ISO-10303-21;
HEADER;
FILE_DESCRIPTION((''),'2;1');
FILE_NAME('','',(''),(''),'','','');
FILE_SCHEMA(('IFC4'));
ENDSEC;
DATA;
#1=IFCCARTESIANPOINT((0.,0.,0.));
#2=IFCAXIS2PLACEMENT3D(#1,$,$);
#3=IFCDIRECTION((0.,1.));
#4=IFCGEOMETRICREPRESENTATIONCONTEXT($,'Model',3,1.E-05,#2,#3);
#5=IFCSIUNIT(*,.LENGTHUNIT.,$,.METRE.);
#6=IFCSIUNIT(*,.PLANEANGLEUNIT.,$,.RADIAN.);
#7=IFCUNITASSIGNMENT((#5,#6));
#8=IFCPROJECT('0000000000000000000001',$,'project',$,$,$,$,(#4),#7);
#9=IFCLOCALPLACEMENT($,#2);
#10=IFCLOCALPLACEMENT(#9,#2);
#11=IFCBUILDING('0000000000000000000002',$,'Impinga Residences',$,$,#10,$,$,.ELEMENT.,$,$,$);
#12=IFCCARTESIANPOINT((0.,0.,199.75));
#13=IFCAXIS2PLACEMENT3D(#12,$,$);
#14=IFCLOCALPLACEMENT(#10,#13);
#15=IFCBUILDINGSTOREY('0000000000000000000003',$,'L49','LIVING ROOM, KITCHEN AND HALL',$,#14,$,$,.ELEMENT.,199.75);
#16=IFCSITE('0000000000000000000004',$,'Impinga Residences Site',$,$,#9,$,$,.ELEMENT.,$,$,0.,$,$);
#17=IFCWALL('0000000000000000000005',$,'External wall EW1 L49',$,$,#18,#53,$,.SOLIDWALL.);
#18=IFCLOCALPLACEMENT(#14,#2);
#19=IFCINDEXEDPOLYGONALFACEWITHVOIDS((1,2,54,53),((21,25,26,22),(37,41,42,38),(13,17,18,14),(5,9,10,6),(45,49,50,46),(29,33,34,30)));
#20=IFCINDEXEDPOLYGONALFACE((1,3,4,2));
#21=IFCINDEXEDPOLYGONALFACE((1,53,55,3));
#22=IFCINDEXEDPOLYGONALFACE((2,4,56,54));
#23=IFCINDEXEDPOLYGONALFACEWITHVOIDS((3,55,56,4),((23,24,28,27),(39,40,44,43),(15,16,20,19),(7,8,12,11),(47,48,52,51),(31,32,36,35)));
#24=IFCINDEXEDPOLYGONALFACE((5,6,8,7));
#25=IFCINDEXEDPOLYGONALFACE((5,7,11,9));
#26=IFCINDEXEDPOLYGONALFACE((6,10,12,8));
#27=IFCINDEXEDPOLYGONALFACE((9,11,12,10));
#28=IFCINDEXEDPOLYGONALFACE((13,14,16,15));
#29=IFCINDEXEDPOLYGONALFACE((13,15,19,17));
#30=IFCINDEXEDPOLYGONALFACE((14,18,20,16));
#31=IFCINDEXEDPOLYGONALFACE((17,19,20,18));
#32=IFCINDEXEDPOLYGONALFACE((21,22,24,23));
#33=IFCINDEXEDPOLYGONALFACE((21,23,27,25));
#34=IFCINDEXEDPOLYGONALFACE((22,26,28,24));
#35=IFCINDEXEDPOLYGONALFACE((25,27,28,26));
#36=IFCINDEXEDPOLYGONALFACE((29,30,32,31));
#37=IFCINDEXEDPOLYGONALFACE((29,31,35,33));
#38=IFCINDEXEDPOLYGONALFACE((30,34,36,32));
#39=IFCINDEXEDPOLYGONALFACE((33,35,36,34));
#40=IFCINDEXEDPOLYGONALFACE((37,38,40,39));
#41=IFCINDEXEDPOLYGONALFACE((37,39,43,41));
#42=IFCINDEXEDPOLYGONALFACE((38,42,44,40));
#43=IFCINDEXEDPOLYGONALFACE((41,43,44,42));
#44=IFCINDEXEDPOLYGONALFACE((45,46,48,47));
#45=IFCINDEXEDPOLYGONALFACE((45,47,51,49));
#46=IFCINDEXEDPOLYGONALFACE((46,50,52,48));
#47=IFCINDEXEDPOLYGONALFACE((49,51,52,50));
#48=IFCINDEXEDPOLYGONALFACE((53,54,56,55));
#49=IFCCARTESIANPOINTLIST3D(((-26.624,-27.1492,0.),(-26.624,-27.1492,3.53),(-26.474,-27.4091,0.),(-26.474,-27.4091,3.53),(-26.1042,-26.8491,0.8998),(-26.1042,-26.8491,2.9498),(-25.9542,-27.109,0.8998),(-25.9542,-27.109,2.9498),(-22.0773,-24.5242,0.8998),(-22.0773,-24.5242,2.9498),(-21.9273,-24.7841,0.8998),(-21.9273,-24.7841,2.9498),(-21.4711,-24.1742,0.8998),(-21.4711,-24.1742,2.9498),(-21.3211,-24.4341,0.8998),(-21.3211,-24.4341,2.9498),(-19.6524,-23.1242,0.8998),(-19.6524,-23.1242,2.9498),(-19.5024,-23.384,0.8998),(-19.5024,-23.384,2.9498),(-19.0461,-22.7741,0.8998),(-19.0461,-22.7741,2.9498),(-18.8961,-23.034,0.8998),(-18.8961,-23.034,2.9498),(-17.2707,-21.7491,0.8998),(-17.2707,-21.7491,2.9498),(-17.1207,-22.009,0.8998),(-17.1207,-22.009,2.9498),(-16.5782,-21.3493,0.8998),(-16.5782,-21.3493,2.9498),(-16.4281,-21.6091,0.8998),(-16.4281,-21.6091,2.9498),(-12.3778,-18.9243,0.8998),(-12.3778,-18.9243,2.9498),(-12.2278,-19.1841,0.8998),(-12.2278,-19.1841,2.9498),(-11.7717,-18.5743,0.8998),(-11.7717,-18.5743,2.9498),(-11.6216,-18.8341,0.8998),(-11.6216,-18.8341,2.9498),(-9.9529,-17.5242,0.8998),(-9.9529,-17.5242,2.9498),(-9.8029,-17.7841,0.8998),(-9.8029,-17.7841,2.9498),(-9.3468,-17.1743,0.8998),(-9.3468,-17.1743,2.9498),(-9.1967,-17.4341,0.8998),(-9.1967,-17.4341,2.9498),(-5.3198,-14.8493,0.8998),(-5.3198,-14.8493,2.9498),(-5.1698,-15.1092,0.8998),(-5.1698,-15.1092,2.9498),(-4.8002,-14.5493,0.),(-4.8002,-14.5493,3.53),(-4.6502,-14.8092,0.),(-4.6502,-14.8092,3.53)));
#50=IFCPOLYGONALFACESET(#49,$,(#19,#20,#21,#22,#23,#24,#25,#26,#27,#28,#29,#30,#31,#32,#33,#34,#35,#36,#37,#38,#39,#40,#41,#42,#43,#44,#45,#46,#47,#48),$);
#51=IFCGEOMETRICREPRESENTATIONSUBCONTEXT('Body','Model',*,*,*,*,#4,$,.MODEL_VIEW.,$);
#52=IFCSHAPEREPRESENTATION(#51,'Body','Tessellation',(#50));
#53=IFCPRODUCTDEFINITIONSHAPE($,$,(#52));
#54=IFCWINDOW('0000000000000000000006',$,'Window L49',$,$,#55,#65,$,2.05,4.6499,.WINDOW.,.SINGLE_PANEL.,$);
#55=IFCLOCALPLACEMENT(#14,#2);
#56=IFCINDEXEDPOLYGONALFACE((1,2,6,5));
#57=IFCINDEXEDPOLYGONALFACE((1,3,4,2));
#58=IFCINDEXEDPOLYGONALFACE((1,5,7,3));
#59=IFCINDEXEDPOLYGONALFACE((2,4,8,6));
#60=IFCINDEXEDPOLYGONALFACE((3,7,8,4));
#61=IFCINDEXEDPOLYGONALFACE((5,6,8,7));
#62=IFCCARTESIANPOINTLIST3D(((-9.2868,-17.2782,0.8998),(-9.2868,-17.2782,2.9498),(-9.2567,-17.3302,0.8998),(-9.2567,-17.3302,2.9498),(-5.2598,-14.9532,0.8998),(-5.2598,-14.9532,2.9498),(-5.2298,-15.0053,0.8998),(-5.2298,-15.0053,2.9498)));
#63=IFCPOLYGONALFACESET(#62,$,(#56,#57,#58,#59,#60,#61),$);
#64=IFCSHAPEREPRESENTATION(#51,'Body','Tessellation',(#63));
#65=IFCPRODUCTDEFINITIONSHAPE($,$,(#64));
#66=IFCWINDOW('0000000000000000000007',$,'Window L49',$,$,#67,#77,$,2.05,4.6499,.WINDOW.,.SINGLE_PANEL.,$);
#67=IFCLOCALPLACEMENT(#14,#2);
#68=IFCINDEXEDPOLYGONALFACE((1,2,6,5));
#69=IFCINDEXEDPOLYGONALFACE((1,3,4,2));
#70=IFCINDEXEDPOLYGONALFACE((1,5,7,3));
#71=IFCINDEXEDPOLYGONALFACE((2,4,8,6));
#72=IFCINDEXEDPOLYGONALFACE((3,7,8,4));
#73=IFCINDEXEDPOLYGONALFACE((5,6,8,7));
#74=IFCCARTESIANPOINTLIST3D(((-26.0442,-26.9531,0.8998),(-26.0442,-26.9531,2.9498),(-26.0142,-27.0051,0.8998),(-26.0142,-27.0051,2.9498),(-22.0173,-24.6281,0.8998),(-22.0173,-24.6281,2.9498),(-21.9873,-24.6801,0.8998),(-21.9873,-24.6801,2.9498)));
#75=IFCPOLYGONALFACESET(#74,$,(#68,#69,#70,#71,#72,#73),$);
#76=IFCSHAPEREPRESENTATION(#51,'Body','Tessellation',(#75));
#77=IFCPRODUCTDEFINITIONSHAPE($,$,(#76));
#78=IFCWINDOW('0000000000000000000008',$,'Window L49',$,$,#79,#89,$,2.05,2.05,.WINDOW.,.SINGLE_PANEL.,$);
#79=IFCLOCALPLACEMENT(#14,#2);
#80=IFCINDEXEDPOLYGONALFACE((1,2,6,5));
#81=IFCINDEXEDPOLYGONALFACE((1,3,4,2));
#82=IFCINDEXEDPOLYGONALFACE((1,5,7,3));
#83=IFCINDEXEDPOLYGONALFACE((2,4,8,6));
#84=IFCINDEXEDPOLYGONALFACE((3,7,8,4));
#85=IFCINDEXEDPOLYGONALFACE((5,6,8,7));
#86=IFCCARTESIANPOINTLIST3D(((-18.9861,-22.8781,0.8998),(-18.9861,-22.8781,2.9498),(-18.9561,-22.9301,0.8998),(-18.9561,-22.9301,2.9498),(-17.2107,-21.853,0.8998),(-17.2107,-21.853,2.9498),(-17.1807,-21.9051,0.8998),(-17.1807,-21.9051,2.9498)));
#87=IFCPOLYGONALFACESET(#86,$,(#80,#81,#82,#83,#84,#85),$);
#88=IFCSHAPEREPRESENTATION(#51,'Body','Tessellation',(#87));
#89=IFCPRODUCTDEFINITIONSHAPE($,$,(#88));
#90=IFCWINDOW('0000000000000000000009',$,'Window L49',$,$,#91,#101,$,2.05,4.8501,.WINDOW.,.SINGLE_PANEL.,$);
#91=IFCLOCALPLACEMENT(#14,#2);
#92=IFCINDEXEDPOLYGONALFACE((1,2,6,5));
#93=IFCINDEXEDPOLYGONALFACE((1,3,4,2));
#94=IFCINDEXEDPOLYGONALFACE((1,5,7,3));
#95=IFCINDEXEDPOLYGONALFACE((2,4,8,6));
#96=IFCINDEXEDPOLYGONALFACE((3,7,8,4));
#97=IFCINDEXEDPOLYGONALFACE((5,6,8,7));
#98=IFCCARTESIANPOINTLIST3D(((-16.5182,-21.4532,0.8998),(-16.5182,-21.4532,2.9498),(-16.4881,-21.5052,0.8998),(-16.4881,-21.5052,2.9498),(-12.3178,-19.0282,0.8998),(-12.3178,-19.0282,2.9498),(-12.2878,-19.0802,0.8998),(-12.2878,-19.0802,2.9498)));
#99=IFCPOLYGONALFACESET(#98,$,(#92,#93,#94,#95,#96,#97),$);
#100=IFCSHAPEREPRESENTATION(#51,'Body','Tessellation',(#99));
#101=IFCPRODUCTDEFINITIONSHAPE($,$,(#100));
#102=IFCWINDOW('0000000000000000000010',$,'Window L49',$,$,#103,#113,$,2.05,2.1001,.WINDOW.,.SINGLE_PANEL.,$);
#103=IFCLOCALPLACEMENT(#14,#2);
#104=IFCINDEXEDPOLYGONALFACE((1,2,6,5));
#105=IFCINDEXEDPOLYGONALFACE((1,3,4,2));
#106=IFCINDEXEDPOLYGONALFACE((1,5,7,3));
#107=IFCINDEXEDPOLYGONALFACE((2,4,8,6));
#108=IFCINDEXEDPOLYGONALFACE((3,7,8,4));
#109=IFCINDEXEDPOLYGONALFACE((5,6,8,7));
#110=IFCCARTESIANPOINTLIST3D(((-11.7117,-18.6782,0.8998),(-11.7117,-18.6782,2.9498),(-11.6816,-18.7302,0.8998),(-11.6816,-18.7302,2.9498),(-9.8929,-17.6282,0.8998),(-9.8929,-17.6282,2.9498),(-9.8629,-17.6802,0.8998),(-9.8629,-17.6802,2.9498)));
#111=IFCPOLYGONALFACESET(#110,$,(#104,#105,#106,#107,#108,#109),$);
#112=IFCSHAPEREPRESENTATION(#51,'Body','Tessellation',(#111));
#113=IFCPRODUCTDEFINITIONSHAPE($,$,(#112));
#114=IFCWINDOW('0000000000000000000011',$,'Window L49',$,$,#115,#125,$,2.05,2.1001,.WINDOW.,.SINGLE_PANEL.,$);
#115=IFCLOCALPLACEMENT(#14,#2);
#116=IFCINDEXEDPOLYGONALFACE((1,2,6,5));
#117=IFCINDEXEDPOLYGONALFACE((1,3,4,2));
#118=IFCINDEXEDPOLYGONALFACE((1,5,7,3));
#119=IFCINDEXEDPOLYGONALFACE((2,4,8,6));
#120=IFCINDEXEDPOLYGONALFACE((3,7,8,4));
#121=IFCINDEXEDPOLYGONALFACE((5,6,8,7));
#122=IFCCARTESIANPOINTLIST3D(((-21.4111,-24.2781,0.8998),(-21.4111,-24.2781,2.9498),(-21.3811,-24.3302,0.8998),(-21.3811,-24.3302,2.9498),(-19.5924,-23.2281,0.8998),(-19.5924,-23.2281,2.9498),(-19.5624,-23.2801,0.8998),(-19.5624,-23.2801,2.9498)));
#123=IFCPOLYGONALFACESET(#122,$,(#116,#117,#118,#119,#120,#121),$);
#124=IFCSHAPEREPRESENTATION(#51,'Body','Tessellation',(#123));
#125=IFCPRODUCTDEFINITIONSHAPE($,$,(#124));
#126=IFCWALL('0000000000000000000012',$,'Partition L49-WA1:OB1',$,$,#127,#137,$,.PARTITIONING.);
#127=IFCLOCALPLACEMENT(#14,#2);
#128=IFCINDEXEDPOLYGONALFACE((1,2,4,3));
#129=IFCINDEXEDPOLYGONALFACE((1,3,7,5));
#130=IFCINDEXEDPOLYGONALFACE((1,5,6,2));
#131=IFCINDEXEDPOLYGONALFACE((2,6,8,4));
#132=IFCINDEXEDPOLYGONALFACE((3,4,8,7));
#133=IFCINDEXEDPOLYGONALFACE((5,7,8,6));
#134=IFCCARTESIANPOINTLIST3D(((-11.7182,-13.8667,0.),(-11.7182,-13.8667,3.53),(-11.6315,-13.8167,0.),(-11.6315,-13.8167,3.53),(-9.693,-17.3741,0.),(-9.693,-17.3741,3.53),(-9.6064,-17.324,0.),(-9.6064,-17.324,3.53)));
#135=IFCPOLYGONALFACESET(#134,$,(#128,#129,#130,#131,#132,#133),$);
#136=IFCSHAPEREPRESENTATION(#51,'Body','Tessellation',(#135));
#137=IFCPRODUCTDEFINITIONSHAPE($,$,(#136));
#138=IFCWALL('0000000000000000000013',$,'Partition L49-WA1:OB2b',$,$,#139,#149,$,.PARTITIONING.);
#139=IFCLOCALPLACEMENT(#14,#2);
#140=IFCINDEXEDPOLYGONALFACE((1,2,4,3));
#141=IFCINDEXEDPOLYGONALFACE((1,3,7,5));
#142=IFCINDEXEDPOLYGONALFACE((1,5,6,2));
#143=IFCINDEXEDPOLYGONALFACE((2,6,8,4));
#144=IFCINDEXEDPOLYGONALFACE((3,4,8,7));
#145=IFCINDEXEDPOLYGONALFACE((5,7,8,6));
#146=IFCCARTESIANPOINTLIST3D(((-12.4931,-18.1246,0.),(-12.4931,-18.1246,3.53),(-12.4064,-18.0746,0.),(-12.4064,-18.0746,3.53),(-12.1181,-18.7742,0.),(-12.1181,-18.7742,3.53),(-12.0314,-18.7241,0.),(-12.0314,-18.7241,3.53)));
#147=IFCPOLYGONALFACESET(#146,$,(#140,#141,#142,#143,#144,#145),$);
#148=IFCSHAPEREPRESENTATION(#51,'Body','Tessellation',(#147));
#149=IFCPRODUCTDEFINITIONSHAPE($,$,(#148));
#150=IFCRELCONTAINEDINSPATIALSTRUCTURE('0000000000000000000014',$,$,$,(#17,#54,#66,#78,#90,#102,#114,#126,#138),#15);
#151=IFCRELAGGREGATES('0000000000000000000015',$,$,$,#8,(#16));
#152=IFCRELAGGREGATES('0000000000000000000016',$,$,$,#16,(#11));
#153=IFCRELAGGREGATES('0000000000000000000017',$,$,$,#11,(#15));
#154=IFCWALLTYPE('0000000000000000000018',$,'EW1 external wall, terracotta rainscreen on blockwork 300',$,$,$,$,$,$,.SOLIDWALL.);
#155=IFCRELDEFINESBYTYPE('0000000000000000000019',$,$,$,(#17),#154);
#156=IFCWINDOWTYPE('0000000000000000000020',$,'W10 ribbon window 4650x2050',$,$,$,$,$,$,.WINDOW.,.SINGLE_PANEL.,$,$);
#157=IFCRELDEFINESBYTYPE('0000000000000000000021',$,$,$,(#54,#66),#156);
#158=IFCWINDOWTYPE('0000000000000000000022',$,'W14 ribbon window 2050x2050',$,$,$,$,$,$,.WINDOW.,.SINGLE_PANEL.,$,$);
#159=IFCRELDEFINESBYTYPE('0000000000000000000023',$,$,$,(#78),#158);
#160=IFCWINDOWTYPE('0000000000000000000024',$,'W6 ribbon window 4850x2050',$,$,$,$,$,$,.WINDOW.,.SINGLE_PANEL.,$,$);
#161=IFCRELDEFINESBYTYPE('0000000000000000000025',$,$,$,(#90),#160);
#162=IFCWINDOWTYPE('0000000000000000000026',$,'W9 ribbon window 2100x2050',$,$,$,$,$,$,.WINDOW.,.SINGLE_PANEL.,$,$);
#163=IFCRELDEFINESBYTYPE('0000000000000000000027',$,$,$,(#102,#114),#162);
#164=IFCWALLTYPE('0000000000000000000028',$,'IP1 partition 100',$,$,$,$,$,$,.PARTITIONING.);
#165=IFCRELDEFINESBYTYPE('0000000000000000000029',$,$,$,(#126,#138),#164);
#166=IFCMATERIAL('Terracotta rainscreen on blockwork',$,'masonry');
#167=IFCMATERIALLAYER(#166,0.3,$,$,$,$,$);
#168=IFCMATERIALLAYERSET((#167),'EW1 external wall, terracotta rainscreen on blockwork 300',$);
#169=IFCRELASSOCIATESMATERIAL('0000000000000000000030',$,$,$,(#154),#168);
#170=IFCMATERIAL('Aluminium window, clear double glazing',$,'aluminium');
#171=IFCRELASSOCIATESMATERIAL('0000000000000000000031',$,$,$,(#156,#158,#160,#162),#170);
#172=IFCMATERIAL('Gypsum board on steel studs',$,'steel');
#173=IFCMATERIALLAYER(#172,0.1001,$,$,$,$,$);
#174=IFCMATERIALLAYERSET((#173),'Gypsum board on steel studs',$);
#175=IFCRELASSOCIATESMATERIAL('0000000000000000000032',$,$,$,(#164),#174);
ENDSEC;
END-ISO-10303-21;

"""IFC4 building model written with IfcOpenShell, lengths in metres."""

from ifc_helpers import new_model, si_unit, direction, frame, frame_2d, origin, place, context, subcontext, project, spatial, rectangle, extrude, material, layer, layer_set, type_object, element, fill, save


model = new_model("IFC4")

# Units and contexts
model_context = context("Model", 3, precision=1e-05, world=origin(), true_north=direction((0.0, 1.0)))
body_context = subcontext(model_context, "Body", "Model", "MODEL_VIEW")
ifc_project = project(units=[si_unit("LENGTHUNIT", "METRE"), si_unit("PLANEANGLEUNIT", "RADIAN")], contexts=[model_context])

# Site, building, storey
site_placement = place(None, origin())
site = spatial("IfcSite", under=ifc_project, at=site_placement, Name="Impinga Residences Site", CompositionType="ELEMENT", RefElevation=0.0)
building_placement = place(site_placement, origin())
building = spatial("IfcBuilding", under=site, at=building_placement, Name="Impinga Residences", CompositionType="ELEMENT")
storey_placement = place(building_placement, frame((0.0, 0.0, 199.75)))
storey = spatial("IfcBuildingStorey", under=building, at=storey_placement, Name="L49", Description="LIVING ROOM, KITCHEN AND HALL", CompositionType="ELEMENT", Elevation=199.75)

# Shared definitions
ifc_material_1 = material(Name="Terracotta rainscreen on blockwork", Category="masonry")
ifc_layer_1 = layer(ifc_material_1, 0.3)
ifc_layer_set_1 = layer_set([ifc_layer_1], Name="EW1 external wall, terracotta rainscreen on blockwork 300")
wall_type_1 = type_object("IfcWallType", Name="EW1 external wall, terracotta rainscreen on blockwork 300", PredefinedType="SOLIDWALL", material=ifc_layer_set_1)

# Wall, openings, windows
wall_1_placement = place(storey_placement, frame((-4.7251, -14.6792, 0.0), z_axis=(0.0, 0.0, 1.0), x_axis=(-0.866027, -0.499998, 0.0)))
wall_1 = element("IfcWall", 1, at=wall_1_placement, inside=storey, type_object=wall_type_1, Name="External wall EW1 L49", PredefinedType="SOLIDWALL", context=body_context, shape_type="SweptSolid", body=[
    extrude(rectangle(XDim=25.2, YDim=0.3, at=frame_2d((12.6001, 0.0))), origin(), (0.0, 0.0, 1.0), 3.53),
])
opening_1_placement = place(wall_1_placement, frame((0.6001, 0.0, 0.8999)))
opening_1 = element("IfcOpeningElement", 2, at=opening_1_placement, cuts=wall_1, PredefinedType="OPENING", context=body_context, shape_type="SweptSolid", body=[
    extrude(rectangle(XDim=4.6499, YDim=2.05, at=frame_2d((2.325, 1.0249))), frame((0.0, 0.1599, 0.0), z_axis=(0.0, -1.0, 0.0), x_axis=(1.0, 0.0, 0.0)), (0.0, 0.0, 1.0), 0.3201),
])
opening_2_placement = place(wall_1_placement, frame((5.95, 0.0, 0.8999)))
opening_2 = element("IfcOpeningElement", 3, at=opening_2_placement, cuts=wall_1, PredefinedType="OPENING", context=body_context, shape_type="SweptSolid", body=[
    extrude(rectangle(XDim=2.1001, YDim=2.05, at=frame_2d((1.05, 1.0249))), frame((0.0, 0.1599, 0.0), z_axis=(0.0, -1.0, 0.0), x_axis=(1.0, 0.0, 0.0)), (0.0, 0.0, 1.0), 0.3201),
])
opening_3_placement = place(wall_1_placement, frame((8.75, 0.0, 0.8999)))
opening_3 = element("IfcOpeningElement", 4, at=opening_3_placement, cuts=wall_1, PredefinedType="OPENING", context=body_context, shape_type="SweptSolid", body=[
    extrude(rectangle(XDim=4.8501, YDim=2.05, at=frame_2d((2.425, 1.0249))), frame((0.0, 0.1599, 0.0), z_axis=(0.0, -1.0, 0.0), x_axis=(1.0, 0.0, 0.0)), (0.0, 0.0, 1.0), 0.3201),
])
opening_4_placement = place(wall_1_placement, frame((14.3999, 0.0, 0.8999)))
opening_4 = element("IfcOpeningElement", 5, at=opening_4_placement, cuts=wall_1, PredefinedType="OPENING", context=body_context, shape_type="SweptSolid", body=[
    extrude(rectangle(XDim=2.05, YDim=2.05, at=frame_2d((1.0249, 1.0249))), frame((0.0, 0.1599, 0.0), z_axis=(0.0, -1.0, 0.0), x_axis=(1.0, 0.0, 0.0)), (0.0, 0.0, 1.0), 0.3201),
])
opening_5_placement = place(wall_1_placement, frame((17.1499, 0.0, 0.8999)))
opening_5 = element("IfcOpeningElement", 6, at=opening_5_placement, cuts=wall_1, PredefinedType="OPENING", context=body_context, shape_type="SweptSolid", body=[
    extrude(rectangle(XDim=2.1001, YDim=2.05, at=frame_2d((1.05, 1.0249))), frame((0.0, 0.1599, 0.0), z_axis=(0.0, -1.0, 0.0), x_axis=(1.0, 0.0, 0.0)), (0.0, 0.0, 1.0), 0.3201),
])
opening_6_placement = place(wall_1_placement, frame((19.95, 0.0, 0.8999)))
opening_6 = element("IfcOpeningElement", 7, at=opening_6_placement, cuts=wall_1, PredefinedType="OPENING", context=body_context, shape_type="SweptSolid", body=[
    extrude(rectangle(XDim=4.6499, YDim=2.05, at=frame_2d((2.325, 1.0249))), frame((0.0, 0.1599, 0.0), z_axis=(0.0, -1.0, 0.0), x_axis=(1.0, 0.0, 0.0)), (0.0, 0.0, 1.0), 0.3201),
])
ifc_material_2 = material(Name="Aluminium window, clear double glazing", Category="aluminium")
window_type_1 = type_object("IfcWindowType", Name="W10 ribbon window 4650x2050", PartitioningType="SINGLE_PANEL", PredefinedType="WINDOW", material=ifc_material_2)
window_1_placement = place(opening_1_placement, origin())
window_1 = element("IfcWindow", 8, at=window_1_placement, inside=storey, type_object=window_type_1, Name="Window L49", OverallHeight=2.05, OverallWidth=4.6499, PartitioningType="SINGLE_PANEL", PredefinedType="WINDOW", context=body_context, shape_type="SweptSolid", body=[
    extrude(rectangle(XDim=4.6499, YDim=2.05, at=frame_2d((2.325, 1.0249))), frame((0.0, 0.03, 0.0), z_axis=(0.0, -1.0, 0.0), x_axis=(1.0, 0.0, 0.0)), (0.0, 0.0, 1.0), 0.0601),
])
fill(opening_1, window_1)
window_2_placement = place(opening_6_placement, origin())
window_2 = element("IfcWindow", 9, at=window_2_placement, inside=storey, type_object=window_type_1, Name="Window L49", OverallHeight=2.05, OverallWidth=4.6499, PartitioningType="SINGLE_PANEL", PredefinedType="WINDOW", context=body_context, shape_type="SweptSolid", body=[
    extrude(rectangle(XDim=4.6499, YDim=2.05, at=frame_2d((2.325, 1.0249))), frame((0.0, 0.03, 0.0), z_axis=(0.0, -1.0, 0.0), x_axis=(1.0, 0.0, 0.0)), (0.0, 0.0, 1.0), 0.0601),
])
fill(opening_6, window_2)
window_type_2 = type_object("IfcWindowType", Name="W14 ribbon window 2050x2050", PartitioningType="SINGLE_PANEL", PredefinedType="WINDOW", material=ifc_material_2)
window_3_placement = place(opening_4_placement, origin())
window_3 = element("IfcWindow", 10, at=window_3_placement, inside=storey, type_object=window_type_2, Name="Window L49", OverallHeight=2.05, OverallWidth=2.05, PartitioningType="SINGLE_PANEL", PredefinedType="WINDOW", context=body_context, shape_type="SweptSolid", body=[
    extrude(rectangle(XDim=2.05, YDim=2.05, at=frame_2d((1.0249, 1.0249))), frame((0.0, 0.03, 0.0), z_axis=(0.0, -1.0, 0.0), x_axis=(1.0, 0.0, 0.0)), (0.0, 0.0, 1.0), 0.0601),
])
fill(opening_4, window_3)
window_type_3 = type_object("IfcWindowType", Name="W6 ribbon window 4850x2050", PartitioningType="SINGLE_PANEL", PredefinedType="WINDOW", material=ifc_material_2)
window_4_placement = place(opening_3_placement, origin())
window_4 = element("IfcWindow", 11, at=window_4_placement, inside=storey, type_object=window_type_3, Name="Window L49", OverallHeight=2.05, OverallWidth=4.8501, PartitioningType="SINGLE_PANEL", PredefinedType="WINDOW", context=body_context, shape_type="SweptSolid", body=[
    extrude(rectangle(XDim=4.8501, YDim=2.05, at=frame_2d((2.425, 1.0249))), frame((0.0, 0.03, 0.0), z_axis=(0.0, -1.0, 0.0), x_axis=(1.0, 0.0, 0.0)), (0.0, 0.0, 1.0), 0.0601),
])
fill(opening_3, window_4)
window_type_4 = type_object("IfcWindowType", Name="W9 ribbon window 2100x2050", PartitioningType="SINGLE_PANEL", PredefinedType="WINDOW", material=ifc_material_2)
window_5_placement = place(opening_2_placement, origin())
window_5 = element("IfcWindow", 12, at=window_5_placement, inside=storey, type_object=window_type_4, Name="Window L49", OverallHeight=2.05, OverallWidth=2.1001, PartitioningType="SINGLE_PANEL", PredefinedType="WINDOW", context=body_context, shape_type="SweptSolid", body=[
    extrude(rectangle(XDim=2.1001, YDim=2.05, at=frame_2d((1.05, 1.0249))), frame((0.0, 0.03, 0.0), z_axis=(0.0, -1.0, 0.0), x_axis=(1.0, 0.0, 0.0)), (0.0, 0.0, 1.0), 0.0601),
])
fill(opening_2, window_5)
window_6_placement = place(opening_5_placement, origin())
window_6 = element("IfcWindow", 13, at=window_6_placement, inside=storey, type_object=window_type_4, Name="Window L49", OverallHeight=2.05, OverallWidth=2.1001, PartitioningType="SINGLE_PANEL", PredefinedType="WINDOW", context=body_context, shape_type="SweptSolid", body=[
    extrude(rectangle(XDim=2.1001, YDim=2.05, at=frame_2d((1.05, 1.0249))), frame((0.0, 0.03, 0.0), z_axis=(0.0, -1.0, 0.0), x_axis=(1.0, 0.0, 0.0)), (0.0, 0.0, 1.0), 0.0601),
])
fill(opening_5, window_6)

# Walls
ifc_material_3 = material(Name="Gypsum board on steel studs", Category="steel")
ifc_layer_2 = layer(ifc_material_3, 0.1001)
ifc_layer_set_2 = layer_set([ifc_layer_2], Name="Gypsum board on steel studs")
wall_type_2 = type_object("IfcWallType", Name="IP1 partition 100", PredefinedType="PARTITIONING", material=ifc_layer_set_2)
wall_2_placement = place(storey_placement, frame((-11.6748, -13.8418, 0.0), z_axis=(0.0, 0.0, 1.0), x_axis=(0.500036, -0.866005, 0.0)))
element("IfcWall", 14, at=wall_2_placement, inside=storey, type_object=wall_type_2, Name="Partition L49-WA1:OB1", PredefinedType="PARTITIONING", context=body_context, shape_type="SweptSolid", body=[
    extrude(rectangle(XDim=4.05, YDim=0.1001, at=frame_2d((2.0249, 0.0))), origin(), (0.0, 0.0, 1.0), 3.53),
])
wall_3_placement = place(storey_placement, frame((-12.4497, -18.0996, 0.0), z_axis=(0.0, 0.0, 1.0), x_axis=(0.49992, -0.866072, 0.0)))
element("IfcWall", 15, at=wall_3_placement, inside=storey, type_object=wall_type_2, Name="Partition L49-WA1:OB2b", PredefinedType="PARTITIONING", context=body_context, shape_type="SweptSolid", body=[
    extrude(rectangle(XDim=0.75, YDim=0.1001, at=frame_2d((0.375, 0.0))), origin(), (0.0, 0.0, 1.0), 3.53),
])

save(model, "model.ifc")
